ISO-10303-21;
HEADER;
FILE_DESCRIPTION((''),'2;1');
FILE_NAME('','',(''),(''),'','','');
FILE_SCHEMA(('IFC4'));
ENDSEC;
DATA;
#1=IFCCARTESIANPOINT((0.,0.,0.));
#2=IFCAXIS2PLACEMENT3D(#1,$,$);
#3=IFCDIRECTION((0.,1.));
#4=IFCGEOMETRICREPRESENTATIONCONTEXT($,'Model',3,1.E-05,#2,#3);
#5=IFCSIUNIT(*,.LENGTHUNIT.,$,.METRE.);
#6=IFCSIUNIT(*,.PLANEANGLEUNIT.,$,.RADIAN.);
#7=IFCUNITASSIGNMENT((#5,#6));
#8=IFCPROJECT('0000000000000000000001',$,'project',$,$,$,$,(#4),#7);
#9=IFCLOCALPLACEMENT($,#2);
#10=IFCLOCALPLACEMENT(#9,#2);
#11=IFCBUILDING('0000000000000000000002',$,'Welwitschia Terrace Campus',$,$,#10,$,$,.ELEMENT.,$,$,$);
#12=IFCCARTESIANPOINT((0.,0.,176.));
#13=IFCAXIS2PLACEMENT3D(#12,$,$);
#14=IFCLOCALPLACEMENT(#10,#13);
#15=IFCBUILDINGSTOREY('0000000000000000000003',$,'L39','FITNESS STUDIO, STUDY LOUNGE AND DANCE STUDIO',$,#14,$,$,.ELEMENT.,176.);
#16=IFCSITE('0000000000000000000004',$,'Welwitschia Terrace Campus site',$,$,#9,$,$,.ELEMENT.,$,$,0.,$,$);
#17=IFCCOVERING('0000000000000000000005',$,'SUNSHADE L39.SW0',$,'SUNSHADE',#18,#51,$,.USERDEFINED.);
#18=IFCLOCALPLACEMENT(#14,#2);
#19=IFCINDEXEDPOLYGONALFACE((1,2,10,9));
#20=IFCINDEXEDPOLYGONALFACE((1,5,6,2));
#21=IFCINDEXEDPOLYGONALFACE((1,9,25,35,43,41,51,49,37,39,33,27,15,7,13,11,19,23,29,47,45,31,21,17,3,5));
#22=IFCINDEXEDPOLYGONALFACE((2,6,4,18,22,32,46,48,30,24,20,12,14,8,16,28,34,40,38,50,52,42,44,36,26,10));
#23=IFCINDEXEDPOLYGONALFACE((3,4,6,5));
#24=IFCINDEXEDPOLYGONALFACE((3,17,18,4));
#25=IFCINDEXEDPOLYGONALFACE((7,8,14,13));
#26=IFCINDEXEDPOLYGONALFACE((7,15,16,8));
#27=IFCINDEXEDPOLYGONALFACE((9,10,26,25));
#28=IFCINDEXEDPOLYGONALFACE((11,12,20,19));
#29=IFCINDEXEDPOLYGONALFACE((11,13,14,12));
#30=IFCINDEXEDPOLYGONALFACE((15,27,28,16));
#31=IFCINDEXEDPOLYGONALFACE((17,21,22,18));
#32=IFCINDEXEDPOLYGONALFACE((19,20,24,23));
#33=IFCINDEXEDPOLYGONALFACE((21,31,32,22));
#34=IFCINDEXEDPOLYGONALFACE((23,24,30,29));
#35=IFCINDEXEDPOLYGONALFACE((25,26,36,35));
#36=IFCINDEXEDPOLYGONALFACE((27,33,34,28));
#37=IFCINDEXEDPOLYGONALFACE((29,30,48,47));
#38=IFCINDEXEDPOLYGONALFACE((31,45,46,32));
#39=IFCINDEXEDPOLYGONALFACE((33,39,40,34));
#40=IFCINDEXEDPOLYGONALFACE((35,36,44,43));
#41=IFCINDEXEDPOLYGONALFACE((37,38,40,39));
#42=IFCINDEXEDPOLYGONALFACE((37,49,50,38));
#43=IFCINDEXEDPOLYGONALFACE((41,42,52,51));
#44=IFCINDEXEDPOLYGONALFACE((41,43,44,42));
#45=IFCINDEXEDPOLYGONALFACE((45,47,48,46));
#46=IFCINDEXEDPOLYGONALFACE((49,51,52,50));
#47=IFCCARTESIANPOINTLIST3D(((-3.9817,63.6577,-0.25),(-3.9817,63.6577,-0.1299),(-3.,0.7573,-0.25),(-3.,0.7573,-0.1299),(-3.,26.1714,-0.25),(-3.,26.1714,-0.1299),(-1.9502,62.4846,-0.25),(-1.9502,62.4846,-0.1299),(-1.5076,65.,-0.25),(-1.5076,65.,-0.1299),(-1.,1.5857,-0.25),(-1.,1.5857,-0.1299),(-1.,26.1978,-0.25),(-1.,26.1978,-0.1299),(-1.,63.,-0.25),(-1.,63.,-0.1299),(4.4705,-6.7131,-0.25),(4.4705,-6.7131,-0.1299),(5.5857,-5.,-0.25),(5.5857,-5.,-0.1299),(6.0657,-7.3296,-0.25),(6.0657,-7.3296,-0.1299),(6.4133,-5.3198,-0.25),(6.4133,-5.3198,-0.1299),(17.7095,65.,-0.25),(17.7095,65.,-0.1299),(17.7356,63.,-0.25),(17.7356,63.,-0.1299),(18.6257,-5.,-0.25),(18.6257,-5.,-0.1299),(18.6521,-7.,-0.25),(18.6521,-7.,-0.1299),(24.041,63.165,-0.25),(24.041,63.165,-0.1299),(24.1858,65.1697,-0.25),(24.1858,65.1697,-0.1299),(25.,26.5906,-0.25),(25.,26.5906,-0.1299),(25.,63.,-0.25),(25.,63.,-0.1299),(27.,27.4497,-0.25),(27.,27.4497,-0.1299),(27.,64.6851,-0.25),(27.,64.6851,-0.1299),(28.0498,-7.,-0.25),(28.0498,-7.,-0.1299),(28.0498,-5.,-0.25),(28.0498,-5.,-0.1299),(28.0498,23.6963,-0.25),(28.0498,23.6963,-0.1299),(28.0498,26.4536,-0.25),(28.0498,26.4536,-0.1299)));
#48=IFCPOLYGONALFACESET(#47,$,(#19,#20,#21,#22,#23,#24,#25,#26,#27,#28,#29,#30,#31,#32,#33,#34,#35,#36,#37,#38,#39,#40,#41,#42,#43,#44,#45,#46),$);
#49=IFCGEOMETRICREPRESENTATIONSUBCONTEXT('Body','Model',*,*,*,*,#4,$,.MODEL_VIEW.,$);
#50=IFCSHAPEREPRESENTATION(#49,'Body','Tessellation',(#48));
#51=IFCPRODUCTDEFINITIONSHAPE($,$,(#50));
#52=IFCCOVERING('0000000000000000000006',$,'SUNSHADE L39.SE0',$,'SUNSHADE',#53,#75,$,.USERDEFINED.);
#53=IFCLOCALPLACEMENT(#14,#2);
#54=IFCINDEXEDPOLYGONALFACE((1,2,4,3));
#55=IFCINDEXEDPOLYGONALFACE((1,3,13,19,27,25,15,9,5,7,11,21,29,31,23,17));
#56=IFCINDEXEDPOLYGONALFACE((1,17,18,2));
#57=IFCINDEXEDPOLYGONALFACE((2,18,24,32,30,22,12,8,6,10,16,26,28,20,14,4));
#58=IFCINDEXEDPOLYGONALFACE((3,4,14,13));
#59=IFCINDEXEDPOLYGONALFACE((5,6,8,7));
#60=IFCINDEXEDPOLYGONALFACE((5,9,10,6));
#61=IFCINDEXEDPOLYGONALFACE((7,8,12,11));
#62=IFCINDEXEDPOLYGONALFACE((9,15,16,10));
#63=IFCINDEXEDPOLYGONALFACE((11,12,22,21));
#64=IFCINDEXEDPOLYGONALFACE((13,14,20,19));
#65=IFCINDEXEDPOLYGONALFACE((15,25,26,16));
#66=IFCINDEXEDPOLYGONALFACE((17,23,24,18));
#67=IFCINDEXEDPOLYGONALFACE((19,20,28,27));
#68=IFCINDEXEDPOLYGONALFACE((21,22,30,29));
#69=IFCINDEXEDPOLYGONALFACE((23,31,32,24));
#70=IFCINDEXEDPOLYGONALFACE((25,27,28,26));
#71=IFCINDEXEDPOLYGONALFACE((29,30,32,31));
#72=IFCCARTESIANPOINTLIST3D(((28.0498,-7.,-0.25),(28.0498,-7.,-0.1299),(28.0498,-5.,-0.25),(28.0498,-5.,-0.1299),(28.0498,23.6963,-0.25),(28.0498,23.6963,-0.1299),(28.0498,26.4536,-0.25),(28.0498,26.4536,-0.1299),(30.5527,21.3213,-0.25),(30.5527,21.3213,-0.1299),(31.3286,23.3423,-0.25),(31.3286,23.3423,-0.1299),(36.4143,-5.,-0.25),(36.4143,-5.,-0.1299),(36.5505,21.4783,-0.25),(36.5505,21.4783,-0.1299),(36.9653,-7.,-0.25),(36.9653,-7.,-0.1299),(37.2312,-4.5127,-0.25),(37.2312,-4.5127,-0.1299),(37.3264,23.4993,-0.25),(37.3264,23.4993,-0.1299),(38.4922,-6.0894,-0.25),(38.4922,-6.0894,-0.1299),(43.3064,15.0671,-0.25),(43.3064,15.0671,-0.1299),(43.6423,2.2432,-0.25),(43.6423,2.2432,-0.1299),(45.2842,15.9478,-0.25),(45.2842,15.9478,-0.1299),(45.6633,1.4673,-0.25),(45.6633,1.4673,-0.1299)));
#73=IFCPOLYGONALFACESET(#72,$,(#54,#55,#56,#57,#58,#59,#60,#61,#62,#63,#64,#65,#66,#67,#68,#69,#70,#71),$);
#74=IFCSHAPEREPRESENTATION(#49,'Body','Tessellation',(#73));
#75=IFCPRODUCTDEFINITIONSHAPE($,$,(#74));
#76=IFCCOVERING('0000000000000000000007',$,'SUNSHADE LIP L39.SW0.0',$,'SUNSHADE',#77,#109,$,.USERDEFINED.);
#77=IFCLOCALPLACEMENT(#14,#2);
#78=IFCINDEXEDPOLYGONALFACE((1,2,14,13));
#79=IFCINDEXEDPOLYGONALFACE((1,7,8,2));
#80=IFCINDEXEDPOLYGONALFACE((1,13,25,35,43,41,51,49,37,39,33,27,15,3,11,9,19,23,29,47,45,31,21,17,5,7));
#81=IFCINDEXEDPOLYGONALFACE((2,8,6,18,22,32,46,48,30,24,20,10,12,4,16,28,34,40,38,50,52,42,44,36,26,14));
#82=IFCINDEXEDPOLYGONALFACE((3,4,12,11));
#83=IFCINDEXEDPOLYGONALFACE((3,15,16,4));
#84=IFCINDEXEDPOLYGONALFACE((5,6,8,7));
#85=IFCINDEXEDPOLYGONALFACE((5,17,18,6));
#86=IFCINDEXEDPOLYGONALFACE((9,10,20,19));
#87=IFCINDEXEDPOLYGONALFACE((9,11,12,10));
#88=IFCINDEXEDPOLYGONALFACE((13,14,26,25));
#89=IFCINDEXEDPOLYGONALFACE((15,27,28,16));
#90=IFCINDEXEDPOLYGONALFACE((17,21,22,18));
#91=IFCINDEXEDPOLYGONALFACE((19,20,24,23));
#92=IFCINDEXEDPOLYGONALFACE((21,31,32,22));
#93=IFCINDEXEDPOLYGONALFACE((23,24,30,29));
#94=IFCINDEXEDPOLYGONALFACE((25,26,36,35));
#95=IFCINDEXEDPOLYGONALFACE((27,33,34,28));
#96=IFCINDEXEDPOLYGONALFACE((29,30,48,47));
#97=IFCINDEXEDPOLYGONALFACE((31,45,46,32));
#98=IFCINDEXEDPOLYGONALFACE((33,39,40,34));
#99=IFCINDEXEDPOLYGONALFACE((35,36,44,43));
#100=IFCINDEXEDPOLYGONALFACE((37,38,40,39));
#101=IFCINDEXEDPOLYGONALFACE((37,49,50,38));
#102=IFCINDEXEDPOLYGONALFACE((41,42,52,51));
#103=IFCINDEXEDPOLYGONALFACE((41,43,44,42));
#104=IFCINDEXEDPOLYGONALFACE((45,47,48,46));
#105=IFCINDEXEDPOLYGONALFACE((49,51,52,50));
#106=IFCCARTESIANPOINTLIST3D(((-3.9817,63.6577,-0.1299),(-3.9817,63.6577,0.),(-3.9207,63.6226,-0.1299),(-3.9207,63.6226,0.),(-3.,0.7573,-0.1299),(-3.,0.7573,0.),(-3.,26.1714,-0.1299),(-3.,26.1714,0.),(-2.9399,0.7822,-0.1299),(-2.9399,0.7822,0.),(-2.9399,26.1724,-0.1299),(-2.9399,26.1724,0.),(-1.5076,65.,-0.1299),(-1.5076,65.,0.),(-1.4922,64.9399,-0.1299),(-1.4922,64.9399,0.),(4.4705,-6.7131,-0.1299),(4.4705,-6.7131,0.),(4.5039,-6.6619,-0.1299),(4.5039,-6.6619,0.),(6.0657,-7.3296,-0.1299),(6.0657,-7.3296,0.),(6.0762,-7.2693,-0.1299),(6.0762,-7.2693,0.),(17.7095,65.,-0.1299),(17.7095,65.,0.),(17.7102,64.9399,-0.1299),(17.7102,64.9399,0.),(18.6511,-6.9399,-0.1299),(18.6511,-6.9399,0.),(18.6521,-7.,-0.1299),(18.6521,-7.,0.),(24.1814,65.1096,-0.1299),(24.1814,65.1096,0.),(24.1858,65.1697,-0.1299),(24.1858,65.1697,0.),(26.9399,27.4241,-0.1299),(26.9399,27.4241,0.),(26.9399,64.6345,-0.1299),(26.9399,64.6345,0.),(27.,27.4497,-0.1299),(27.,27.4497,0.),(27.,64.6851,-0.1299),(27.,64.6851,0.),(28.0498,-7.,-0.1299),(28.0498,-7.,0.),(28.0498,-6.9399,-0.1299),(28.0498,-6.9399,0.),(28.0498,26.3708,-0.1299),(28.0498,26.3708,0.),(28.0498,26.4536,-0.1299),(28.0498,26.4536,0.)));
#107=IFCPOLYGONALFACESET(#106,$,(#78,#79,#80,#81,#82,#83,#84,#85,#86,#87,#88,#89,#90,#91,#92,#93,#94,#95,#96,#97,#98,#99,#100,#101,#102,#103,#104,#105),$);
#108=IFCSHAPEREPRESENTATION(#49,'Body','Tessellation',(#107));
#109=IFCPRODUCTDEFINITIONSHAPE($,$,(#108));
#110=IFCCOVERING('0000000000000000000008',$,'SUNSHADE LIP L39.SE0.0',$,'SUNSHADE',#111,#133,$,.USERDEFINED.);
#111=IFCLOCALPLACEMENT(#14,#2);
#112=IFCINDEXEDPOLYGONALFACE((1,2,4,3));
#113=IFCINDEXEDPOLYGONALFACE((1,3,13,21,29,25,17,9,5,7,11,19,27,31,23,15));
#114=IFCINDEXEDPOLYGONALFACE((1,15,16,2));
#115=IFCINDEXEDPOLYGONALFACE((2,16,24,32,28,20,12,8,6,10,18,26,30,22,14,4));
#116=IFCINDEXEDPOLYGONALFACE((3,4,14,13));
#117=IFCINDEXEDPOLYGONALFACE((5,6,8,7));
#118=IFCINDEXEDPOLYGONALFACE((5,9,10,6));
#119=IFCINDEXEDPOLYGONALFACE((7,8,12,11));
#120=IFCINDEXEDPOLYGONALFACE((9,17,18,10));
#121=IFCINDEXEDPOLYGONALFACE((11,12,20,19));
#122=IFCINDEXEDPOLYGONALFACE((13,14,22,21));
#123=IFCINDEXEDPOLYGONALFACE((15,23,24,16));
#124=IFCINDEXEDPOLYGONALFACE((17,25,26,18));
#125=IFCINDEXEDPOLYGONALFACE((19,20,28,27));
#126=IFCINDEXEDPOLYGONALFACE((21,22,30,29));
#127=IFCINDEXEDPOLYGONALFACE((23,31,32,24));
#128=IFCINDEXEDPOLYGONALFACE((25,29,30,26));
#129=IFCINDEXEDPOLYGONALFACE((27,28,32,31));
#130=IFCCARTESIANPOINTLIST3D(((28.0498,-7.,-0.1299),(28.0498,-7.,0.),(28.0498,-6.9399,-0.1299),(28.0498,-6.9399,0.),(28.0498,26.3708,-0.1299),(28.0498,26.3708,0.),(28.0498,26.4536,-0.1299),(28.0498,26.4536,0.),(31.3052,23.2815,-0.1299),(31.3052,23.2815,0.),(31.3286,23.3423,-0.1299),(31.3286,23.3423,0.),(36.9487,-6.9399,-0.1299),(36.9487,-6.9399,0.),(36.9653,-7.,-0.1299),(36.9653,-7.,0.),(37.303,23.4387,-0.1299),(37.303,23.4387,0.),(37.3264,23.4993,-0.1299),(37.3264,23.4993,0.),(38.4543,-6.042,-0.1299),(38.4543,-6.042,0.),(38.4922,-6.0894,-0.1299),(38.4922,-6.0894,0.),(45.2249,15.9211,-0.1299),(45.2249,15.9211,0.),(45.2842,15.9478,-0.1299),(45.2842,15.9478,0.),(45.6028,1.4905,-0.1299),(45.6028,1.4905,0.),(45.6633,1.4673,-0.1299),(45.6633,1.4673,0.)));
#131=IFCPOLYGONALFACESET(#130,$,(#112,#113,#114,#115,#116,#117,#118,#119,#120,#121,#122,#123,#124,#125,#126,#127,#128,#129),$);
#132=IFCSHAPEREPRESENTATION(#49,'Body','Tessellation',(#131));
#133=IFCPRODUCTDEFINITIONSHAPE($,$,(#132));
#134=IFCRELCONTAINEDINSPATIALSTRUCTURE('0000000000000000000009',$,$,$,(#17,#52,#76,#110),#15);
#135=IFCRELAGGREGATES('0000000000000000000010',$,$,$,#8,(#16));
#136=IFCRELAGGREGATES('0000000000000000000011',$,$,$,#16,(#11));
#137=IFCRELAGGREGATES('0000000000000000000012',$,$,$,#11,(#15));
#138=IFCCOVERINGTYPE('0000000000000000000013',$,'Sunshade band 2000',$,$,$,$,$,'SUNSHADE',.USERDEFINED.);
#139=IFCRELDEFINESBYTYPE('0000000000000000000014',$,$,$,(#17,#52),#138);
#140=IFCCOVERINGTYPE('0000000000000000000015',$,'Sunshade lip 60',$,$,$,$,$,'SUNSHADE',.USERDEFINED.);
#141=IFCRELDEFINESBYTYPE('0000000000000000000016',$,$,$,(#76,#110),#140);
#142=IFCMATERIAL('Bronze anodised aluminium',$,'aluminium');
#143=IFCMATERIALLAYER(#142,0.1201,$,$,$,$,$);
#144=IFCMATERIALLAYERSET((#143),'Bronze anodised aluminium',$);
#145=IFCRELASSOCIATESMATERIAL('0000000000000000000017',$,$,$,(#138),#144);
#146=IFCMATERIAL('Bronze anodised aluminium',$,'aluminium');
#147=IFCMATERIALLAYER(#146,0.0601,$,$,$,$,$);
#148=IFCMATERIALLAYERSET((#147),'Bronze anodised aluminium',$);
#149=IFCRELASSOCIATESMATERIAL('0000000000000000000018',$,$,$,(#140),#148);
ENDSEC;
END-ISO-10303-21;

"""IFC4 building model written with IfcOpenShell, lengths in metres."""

from ifc_helpers import new_model, si_unit, direction, frame, origin, place, context, subcontext, project, spatial, polyline, outline, extrude, material, layer, layer_set, type_object, element, save


model = new_model("IFC4")

# Units and contexts
model_context = context("Model", 3, precision=1e-05, world=origin(), true_north=direction((0.0, 1.0)))
body_context = subcontext(model_context, "Body", "Model", "MODEL_VIEW")
ifc_project = project(units=[si_unit("LENGTHUNIT", "METRE"), si_unit("PLANEANGLEUNIT", "RADIAN")], contexts=[model_context])

# Site, building, storey
site_placement = place(None, origin())
site = spatial("IfcSite", under=ifc_project, at=site_placement, Name="Welwitschia Terrace Campus site", CompositionType="ELEMENT", RefElevation=0.0)
building_placement = place(site_placement, origin())
building = spatial("IfcBuilding", under=site, at=building_placement, Name="Welwitschia Terrace Campus", CompositionType="ELEMENT")
storey_placement = place(building_placement, frame((0.0, 0.0, 176.0)))
storey = spatial("IfcBuildingStorey", under=building, at=storey_placement, Name="L39", Description="FITNESS STUDIO, STUDY LOUNGE AND DANCE STUDIO", CompositionType="ELEMENT", Elevation=176.0)

# Coverings
ifc_material_1 = material(Name="Bronze anodised aluminium", Category="aluminium")
ifc_layer_1 = layer(ifc_material_1, 0.1201)
ifc_layer_set_1 = layer_set([ifc_layer_1], Name="Bronze anodised aluminium")
covering_type_1 = type_object("IfcCoveringType", Name="Sunshade band 2000", ElementType="SUNSHADE", PredefinedType="USERDEFINED", material=ifc_layer_set_1)
covering_1_placement = place(storey_placement, frame((0.0, 0.0, -0.25)))
element("IfcCovering", 1, at=covering_1_placement, inside=storey, type_object=covering_type_1, Name="SUNSHADE L39.SW0", ObjectType="SUNSHADE", PredefinedType="USERDEFINED", context=body_context, shape_type="SweptSolid", body=[
    extrude(outline(polyline([(17.7095, 65.0), (24.1858, 65.1697), (27.0, 64.6851), (27.0, 27.4497), (28.0498, 26.4536), (28.0498, 23.6963), (25.0, 26.5906), (25.0, 63.0), (24.041, 63.165), (17.7356, 63.0), (-1.0, 63.0), (-1.9502, 62.4846), (-1.0, 26.1978), (-1.0, 1.5857), (5.5857, -5.0), (6.4133, -5.3198), (18.6257, -5.0), (28.0498, -5.0), (28.0498, -7.0), (18.6521, -7.0), (6.0657, -7.3296), (4.4705, -6.7131), (-3.0, 0.7573), (-3.0, 26.1714), (-3.9817, 63.6577), (-1.5076, 65.0), (17.7095, 65.0)])), origin(), (0.0, 0.0, 1.0), 0.1201),
])
covering_2_placement = place(storey_placement, frame((0.0, 0.0, -0.25)))
element("IfcCovering", 2, at=covering_2_placement, inside=storey, type_object=covering_type_1, Name="SUNSHADE L39.SE0", ObjectType="SUNSHADE", PredefinedType="USERDEFINED", context=body_context, shape_type="SweptSolid", body=[
    extrude(outline(polyline([(31.3286, 23.3423), (37.3264, 23.4993), (45.2842, 15.9478), (45.6633, 1.4673), (38.4922, -6.0894), (36.9653, -7.0), (28.0498, -7.0), (28.0498, -5.0), (36.4143, -5.0), (37.2312, -4.5127), (43.6423, 2.2432), (43.3064, 15.0671), (36.5505, 21.4783), (30.5527, 21.3213), (28.0498, 23.6963), (28.0498, 26.4536), (31.3286, 23.3423)])), origin(), (0.0, 0.0, 1.0), 0.1201),
])
ifc_material_2 = material(Name="Bronze anodised aluminium", Category="aluminium")
ifc_layer_2 = layer(ifc_material_2, 0.0601)
ifc_layer_set_2 = layer_set([ifc_layer_2], Name="Bronze anodised aluminium")
covering_type_2 = type_object("IfcCoveringType", Name="Sunshade lip 60", ElementType="SUNSHADE", PredefinedType="USERDEFINED", material=ifc_layer_set_2)
covering_3_placement = place(storey_placement, frame((0.0, 0.0, -0.1299)))
element("IfcCovering", 3, at=covering_3_placement, inside=storey, type_object=covering_type_2, Name="SUNSHADE LIP L39.SW0.0", ObjectType="SUNSHADE", PredefinedType="USERDEFINED", context=body_context, shape_type="SweptSolid", body=[
    extrude(outline(polyline([(24.1858, 65.1697), (27.0, 64.6851), (27.0, 27.4497), (28.0498, 26.4536), (28.0498, 26.3708), (26.9399, 27.4241), (26.9399, 64.6345), (24.1814, 65.1096), (17.7102, 64.9399), (-1.4922, 64.9399), (-3.9207, 63.6226), (-2.9399, 26.1724), (-2.9399, 0.7822), (4.5039, -6.6619), (6.0762, -7.2693), (18.6511, -6.9399), (28.0498, -6.9399), (28.0498, -7.0), (18.6521, -7.0), (6.0657, -7.3296), (4.4705, -6.7131), (-3.0, 0.7573), (-3.0, 26.1714), (-3.9817, 63.6577), (-1.5076, 65.0), (17.7095, 65.0), (24.1858, 65.1697)])), origin(), (0.0, 0.0, 1.0), 0.1299),
])
covering_4_placement = place(storey_placement, frame((0.0, 0.0, -0.1299)))
element("IfcCovering", 4, at=covering_4_placement, inside=storey, type_object=covering_type_2, Name="SUNSHADE LIP L39.SE0.0", ObjectType="SUNSHADE", PredefinedType="USERDEFINED", context=body_context, shape_type="SweptSolid", body=[
    extrude(outline(polyline([(37.3264, 23.4993), (45.2842, 15.9478), (45.6633, 1.4673), (38.4922, -6.0894), (36.9653, -7.0), (28.0498, -7.0), (28.0498, -6.9399), (36.9487, -6.9399), (38.4543, -6.042), (45.6028, 1.4905), (45.2249, 15.9211), (37.303, 23.4387), (31.3052, 23.2815), (28.0498, 26.3708), (28.0498, 26.4536), (31.3286, 23.3423), (37.3264, 23.4993)])), origin(), (0.0, 0.0, 1.0), 0.1299),
])

save(model, "model.ifc")
